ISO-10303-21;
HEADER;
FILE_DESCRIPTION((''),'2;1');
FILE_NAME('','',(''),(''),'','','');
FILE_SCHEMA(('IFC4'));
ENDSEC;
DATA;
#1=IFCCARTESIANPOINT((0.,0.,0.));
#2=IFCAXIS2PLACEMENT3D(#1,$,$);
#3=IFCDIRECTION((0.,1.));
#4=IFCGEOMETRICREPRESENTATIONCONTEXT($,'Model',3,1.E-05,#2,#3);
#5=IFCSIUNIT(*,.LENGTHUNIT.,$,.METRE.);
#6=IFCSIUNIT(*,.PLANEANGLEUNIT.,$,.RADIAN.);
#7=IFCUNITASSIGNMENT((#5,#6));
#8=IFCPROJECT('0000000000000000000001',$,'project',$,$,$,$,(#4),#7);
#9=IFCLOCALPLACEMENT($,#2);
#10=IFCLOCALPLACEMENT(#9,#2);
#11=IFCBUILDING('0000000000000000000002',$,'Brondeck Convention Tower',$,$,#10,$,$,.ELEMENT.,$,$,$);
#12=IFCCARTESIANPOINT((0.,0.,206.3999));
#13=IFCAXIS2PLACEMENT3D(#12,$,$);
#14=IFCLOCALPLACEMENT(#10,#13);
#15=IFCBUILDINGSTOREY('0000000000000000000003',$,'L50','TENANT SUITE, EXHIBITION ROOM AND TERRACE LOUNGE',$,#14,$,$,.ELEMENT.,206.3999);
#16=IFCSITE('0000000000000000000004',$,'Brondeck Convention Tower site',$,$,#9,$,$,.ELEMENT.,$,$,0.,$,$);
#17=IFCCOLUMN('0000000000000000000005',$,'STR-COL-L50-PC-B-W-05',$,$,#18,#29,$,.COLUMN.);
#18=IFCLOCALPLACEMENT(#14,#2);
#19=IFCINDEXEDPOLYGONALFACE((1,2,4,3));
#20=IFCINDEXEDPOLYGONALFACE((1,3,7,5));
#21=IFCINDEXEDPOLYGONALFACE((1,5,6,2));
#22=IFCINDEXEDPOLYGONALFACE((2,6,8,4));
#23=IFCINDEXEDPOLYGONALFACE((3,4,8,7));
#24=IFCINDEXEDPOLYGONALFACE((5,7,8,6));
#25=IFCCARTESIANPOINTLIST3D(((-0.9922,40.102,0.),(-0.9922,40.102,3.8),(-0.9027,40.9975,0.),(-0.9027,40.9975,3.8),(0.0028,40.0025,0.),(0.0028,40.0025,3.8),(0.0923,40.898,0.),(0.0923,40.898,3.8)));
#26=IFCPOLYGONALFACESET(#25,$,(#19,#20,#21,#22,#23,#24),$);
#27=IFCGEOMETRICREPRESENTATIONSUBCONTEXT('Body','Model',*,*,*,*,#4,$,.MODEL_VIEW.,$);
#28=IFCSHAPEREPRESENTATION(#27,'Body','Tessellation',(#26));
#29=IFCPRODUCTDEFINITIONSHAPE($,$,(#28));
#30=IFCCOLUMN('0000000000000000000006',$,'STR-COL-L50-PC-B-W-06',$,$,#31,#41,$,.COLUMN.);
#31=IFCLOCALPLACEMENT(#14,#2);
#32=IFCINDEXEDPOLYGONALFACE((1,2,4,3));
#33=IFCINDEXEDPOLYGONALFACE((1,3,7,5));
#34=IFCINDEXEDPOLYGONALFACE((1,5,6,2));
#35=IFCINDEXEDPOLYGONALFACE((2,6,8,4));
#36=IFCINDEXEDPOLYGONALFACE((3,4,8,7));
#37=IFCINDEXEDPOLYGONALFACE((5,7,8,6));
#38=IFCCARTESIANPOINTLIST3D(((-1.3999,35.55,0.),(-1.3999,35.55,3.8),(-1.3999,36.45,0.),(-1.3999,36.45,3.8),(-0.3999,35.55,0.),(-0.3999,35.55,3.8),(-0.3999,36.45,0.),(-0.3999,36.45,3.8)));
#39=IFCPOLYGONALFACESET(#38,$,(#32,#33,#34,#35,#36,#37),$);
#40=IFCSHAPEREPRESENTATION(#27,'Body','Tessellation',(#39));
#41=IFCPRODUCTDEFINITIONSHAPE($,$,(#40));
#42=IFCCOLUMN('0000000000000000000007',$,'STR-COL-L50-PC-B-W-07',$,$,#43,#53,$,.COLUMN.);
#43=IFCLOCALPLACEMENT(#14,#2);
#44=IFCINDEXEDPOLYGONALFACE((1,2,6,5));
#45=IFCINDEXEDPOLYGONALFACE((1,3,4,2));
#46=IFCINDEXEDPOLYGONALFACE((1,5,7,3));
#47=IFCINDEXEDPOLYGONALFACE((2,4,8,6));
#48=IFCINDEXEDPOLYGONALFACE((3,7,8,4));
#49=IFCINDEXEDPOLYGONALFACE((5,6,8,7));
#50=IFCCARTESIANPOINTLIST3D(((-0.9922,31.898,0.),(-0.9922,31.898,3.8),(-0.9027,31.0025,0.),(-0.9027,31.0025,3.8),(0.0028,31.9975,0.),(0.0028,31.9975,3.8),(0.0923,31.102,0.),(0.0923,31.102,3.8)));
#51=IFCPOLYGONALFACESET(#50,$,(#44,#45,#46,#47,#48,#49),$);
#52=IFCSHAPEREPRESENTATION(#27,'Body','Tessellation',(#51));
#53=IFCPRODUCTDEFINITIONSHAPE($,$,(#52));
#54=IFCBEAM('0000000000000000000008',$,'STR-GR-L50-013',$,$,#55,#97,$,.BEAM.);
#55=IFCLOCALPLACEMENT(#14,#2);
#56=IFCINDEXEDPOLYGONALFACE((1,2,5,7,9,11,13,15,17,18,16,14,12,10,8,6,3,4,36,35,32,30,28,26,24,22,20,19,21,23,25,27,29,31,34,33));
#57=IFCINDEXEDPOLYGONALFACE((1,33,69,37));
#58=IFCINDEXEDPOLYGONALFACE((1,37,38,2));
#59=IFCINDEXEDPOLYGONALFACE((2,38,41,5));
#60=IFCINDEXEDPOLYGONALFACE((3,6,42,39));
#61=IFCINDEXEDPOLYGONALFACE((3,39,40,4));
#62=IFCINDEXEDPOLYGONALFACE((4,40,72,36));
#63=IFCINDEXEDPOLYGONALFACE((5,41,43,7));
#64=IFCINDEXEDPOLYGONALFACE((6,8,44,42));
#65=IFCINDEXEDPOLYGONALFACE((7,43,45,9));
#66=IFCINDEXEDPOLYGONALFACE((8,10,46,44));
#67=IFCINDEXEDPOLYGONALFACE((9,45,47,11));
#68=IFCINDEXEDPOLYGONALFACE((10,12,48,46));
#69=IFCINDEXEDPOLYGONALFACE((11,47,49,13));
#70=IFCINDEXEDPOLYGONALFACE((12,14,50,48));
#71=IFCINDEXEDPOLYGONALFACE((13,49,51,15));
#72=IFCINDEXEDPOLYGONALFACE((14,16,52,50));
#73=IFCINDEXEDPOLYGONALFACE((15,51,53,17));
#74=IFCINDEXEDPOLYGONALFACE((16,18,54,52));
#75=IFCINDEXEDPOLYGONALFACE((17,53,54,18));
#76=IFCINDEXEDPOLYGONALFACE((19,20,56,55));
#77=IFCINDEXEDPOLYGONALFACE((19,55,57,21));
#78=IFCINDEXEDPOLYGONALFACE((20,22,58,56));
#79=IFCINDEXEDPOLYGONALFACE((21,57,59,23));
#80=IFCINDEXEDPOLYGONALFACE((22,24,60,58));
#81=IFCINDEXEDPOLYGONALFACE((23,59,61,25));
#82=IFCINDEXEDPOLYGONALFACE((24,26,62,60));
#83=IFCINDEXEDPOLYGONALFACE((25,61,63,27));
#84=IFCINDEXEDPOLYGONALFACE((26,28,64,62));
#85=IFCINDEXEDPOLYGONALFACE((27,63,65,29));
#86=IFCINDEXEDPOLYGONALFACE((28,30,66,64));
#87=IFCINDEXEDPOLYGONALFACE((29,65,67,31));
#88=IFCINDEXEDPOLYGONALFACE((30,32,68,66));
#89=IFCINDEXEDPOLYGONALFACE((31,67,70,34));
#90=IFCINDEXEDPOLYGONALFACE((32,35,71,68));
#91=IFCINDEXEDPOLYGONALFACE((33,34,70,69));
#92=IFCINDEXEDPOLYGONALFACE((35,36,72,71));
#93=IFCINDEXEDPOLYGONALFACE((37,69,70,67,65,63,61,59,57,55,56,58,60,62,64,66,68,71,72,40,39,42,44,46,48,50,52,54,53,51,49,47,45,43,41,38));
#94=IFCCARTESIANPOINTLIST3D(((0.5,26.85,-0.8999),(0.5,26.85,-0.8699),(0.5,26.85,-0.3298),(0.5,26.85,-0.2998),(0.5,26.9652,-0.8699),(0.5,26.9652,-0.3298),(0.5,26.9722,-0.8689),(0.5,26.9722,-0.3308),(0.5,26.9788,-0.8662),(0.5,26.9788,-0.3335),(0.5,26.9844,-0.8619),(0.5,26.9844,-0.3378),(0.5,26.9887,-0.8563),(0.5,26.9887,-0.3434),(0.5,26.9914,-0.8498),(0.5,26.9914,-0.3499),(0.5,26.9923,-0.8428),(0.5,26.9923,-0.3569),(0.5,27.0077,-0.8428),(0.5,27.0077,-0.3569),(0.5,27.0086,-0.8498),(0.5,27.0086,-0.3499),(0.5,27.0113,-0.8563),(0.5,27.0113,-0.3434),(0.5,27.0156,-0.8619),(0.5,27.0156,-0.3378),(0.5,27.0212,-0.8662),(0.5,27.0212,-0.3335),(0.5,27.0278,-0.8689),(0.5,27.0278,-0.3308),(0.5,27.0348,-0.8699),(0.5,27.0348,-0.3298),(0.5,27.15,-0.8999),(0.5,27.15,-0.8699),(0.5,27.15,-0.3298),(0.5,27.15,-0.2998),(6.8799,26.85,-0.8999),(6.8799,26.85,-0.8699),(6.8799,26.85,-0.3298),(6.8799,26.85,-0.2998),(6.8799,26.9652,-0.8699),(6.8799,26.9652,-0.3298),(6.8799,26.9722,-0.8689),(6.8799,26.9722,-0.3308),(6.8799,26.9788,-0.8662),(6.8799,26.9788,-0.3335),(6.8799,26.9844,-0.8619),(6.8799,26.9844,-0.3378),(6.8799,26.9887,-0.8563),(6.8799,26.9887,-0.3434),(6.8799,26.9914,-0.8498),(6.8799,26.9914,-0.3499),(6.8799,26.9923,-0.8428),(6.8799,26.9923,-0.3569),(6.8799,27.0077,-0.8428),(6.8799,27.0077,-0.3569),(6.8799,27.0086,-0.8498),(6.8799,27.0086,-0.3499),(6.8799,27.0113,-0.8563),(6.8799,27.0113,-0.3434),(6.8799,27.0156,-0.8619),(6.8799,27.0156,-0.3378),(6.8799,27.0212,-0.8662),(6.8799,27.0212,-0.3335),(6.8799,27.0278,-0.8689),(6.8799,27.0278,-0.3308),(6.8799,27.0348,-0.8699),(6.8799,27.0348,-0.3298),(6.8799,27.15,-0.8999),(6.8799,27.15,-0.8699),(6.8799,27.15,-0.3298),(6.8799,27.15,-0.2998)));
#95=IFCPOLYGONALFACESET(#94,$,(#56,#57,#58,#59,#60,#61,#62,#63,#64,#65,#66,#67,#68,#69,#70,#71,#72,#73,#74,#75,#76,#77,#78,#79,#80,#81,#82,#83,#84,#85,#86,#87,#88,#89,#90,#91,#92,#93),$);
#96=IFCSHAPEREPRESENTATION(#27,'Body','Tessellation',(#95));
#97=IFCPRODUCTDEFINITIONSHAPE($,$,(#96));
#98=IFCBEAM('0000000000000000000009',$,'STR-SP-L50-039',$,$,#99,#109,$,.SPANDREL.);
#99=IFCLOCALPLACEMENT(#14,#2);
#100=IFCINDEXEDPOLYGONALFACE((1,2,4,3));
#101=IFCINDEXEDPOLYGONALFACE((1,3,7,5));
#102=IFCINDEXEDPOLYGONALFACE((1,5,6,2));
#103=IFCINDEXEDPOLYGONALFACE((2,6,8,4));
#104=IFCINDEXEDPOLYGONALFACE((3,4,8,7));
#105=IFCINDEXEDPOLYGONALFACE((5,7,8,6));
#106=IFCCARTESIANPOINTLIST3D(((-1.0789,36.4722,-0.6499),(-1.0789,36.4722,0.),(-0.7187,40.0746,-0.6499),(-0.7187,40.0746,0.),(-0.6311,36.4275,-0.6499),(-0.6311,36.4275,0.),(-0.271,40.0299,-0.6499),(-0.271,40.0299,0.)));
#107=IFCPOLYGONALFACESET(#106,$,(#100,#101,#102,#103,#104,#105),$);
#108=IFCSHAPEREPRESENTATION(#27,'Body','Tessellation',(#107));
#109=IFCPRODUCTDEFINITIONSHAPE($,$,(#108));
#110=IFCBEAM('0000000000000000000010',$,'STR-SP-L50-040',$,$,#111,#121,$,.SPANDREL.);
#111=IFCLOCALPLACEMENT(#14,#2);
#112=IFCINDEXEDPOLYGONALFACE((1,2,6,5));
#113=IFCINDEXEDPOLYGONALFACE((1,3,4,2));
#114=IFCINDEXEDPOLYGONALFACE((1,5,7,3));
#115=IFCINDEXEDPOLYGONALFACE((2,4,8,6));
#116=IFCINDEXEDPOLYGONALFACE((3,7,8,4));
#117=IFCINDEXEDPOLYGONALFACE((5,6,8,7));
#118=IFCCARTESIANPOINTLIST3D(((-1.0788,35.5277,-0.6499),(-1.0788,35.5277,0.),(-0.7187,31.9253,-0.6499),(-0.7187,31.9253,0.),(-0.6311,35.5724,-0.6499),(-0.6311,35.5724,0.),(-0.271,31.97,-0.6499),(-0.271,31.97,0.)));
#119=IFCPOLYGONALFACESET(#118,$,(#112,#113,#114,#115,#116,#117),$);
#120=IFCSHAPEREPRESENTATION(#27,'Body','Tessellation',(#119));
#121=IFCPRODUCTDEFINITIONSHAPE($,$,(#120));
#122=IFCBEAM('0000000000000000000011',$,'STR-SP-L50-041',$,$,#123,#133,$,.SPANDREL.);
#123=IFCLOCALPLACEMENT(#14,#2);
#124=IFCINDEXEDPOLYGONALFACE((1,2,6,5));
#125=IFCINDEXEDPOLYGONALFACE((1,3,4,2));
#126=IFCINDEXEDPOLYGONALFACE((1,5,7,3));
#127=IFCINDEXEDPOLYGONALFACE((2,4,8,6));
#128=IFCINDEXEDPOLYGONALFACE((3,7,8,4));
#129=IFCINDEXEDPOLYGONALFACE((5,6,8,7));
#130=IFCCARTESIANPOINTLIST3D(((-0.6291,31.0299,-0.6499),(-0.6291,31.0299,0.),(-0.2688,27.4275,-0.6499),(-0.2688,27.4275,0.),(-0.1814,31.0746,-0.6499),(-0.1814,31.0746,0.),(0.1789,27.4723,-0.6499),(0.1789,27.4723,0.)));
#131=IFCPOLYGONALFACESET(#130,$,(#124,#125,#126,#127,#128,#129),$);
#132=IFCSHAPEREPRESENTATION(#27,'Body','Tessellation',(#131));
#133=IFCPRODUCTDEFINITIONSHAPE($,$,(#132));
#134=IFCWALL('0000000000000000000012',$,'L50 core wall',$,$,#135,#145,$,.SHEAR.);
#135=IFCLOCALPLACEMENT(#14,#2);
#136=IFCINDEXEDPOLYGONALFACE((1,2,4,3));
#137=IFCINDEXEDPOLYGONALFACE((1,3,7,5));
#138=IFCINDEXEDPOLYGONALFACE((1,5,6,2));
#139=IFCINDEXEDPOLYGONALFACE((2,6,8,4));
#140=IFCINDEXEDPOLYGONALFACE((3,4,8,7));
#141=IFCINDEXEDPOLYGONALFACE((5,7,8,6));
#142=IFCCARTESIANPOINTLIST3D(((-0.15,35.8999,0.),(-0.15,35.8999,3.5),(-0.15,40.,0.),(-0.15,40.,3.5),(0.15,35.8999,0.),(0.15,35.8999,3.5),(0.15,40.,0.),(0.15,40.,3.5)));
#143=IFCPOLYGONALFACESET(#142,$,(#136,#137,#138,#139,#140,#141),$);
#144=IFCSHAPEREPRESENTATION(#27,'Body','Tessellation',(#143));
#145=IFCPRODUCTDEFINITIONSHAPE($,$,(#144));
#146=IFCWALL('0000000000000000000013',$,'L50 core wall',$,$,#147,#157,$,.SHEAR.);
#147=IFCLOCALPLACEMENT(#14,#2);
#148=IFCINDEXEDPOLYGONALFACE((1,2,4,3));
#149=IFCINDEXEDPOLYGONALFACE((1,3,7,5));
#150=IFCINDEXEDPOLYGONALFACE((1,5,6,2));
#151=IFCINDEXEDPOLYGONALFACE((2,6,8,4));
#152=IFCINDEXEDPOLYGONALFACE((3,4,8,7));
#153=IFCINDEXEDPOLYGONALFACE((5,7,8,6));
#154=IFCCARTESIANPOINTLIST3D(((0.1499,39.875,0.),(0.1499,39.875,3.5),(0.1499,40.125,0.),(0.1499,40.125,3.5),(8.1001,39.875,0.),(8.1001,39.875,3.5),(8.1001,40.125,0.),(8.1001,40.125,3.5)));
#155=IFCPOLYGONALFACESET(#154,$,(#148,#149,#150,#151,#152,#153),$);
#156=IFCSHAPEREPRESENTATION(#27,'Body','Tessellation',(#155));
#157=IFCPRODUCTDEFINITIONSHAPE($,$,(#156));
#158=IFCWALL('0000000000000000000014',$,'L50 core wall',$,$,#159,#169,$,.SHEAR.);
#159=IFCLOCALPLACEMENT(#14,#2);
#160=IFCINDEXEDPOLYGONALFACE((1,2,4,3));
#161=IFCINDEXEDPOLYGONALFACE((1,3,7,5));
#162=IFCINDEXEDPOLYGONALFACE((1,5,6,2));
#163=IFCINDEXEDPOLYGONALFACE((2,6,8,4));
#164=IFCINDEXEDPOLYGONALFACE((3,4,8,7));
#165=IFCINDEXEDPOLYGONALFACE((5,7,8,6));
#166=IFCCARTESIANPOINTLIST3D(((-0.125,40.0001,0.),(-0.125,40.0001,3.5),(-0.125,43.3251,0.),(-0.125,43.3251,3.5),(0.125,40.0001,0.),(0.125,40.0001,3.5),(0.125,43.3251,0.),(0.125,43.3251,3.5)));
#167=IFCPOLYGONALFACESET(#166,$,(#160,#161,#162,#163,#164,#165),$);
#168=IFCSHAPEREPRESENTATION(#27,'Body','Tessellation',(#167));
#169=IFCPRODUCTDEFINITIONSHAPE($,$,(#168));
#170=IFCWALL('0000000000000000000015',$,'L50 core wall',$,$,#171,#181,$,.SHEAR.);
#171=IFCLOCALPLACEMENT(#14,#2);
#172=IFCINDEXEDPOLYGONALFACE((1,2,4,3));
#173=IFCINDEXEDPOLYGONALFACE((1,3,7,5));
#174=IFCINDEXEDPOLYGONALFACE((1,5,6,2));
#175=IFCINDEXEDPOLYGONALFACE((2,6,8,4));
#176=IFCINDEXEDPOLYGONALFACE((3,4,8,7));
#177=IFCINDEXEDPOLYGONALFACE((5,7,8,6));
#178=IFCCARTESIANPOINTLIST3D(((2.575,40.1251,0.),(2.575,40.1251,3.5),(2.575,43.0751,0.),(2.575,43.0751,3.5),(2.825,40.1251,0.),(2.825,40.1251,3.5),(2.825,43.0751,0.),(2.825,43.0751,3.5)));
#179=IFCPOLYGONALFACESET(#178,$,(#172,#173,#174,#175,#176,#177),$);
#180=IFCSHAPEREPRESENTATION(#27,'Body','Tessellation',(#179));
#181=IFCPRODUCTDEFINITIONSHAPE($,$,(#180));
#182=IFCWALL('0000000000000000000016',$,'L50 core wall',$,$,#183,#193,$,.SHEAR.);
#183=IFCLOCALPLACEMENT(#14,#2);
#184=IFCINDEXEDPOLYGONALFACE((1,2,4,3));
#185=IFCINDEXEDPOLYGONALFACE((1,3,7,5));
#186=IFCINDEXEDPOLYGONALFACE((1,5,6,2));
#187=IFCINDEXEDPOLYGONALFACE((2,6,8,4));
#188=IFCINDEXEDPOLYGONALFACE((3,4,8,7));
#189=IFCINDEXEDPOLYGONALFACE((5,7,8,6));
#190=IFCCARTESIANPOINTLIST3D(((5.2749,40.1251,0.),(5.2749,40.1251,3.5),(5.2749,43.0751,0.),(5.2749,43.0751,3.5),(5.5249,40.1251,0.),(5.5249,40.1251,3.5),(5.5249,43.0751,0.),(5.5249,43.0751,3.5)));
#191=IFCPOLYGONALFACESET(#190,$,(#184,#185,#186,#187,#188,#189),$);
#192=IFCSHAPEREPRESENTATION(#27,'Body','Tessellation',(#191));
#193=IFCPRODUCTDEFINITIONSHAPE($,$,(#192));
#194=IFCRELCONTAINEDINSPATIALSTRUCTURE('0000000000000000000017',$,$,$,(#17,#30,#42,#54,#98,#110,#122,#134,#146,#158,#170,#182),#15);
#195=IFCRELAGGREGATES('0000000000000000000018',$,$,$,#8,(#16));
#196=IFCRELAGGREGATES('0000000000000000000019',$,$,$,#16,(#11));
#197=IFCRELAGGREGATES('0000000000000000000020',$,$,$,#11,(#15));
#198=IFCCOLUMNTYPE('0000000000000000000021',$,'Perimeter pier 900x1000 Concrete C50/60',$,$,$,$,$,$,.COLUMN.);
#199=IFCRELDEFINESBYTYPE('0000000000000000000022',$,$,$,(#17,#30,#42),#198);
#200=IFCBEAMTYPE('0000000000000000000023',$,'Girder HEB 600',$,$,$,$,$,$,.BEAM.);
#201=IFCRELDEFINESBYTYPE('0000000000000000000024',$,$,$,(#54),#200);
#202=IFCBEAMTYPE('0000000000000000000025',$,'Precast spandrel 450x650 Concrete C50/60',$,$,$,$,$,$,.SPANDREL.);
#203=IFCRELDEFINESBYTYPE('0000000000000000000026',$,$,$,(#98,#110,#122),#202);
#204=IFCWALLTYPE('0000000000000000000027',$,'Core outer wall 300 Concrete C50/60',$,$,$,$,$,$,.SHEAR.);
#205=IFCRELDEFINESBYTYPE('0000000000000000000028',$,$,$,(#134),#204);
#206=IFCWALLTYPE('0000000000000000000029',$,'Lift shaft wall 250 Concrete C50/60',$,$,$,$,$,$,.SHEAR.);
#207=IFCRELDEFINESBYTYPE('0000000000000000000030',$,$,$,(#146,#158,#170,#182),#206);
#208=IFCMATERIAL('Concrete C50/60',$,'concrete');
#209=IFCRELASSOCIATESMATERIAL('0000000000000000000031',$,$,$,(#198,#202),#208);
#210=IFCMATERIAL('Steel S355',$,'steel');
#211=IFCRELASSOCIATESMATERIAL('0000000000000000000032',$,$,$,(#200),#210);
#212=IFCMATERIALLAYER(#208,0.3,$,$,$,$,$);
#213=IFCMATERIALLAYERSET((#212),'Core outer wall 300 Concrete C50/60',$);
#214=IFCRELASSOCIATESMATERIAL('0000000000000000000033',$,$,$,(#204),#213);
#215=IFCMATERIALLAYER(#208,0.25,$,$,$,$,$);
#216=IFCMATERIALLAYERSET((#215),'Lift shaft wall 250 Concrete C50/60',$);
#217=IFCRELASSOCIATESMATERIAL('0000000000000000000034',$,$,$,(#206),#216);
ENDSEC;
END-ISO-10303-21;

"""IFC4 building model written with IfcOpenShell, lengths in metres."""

from ifc_helpers import new_model, si_unit, direction, frame, frame_2d, origin, origin_2d, place, context, subcontext, project, spatial, rectangle, i_section, extrude, material, layer, layer_set, material_profile, profile_set, type_object, element, save


model = new_model("IFC4")

# Units and contexts
model_context = context("Model", 3, precision=1e-05, world=origin(), true_north=direction((0.0, 1.0)))
body_context = subcontext(model_context, "Body", "Model", "MODEL_VIEW")
ifc_project = project(units=[si_unit("LENGTHUNIT", "METRE"), si_unit("PLANEANGLEUNIT", "RADIAN")], contexts=[model_context])

# Site, building, storey
site_placement = place(None, origin())
site = spatial("IfcSite", under=ifc_project, at=site_placement, Name="Brondeck Convention Tower site", CompositionType="ELEMENT", RefElevation=0.0)
building_placement = place(site_placement, origin())
building = spatial("IfcBuilding", under=site, at=building_placement, Name="Brondeck Convention Tower", CompositionType="ELEMENT")
storey_placement = place(building_placement, frame((0.0, 0.0, 206.3999)))
storey = spatial("IfcBuildingStorey", under=building, at=storey_placement, Name="L50", Description="TENANT SUITE, EXHIBITION ROOM AND TERRACE LOUNGE", CompositionType="ELEMENT", Elevation=206.3999)

# Columns
ifc_material_1 = material(Name="Concrete C50/60", Category="concrete")
ifc_material_profile_1 = material_profile(ifc_material_1, rectangle(XDim=0.8999, YDim=1.0, at=origin_2d()), Name="Perimeter pier 900x1000 Concrete C50/60")
ifc_profile_set_1 = profile_set([ifc_material_profile_1], Name="Concrete C50/60")
column_type = type_object("IfcColumnType", Name="Perimeter pier 900x1000 Concrete C50/60", PredefinedType="COLUMN", material=ifc_profile_set_1)
for number, where, z_axis, x_axis, name in (
    (1, (-0.45, 40.5, 0.0), (0.0, 0.0, 1.0), (-0.099504, -0.995037, 0.0), "STR-COL-L50-PC-B-W-05"),
    (2, (-0.8999, 36.0, 0.0), (0.0, 0.0, 1.0), (0.0, -1.0, 0.0), "STR-COL-L50-PC-B-W-06"),
    (3, (-0.45, 31.5, 0.0), (0.0, 0.0, 1.0), (0.099504, -0.995037, 0.0), "STR-COL-L50-PC-B-W-07"),
):
    element("IfcColumn", number, at=place(storey_placement, frame(where, z_axis=z_axis, x_axis=x_axis)), inside=storey, type_object=column_type, Name=name, PredefinedType="COLUMN", context=body_context, shape_type="SweptSolid", body=[
        extrude(rectangle(XDim=0.8999, YDim=1.0, at=origin_2d()), origin(), (0.0, 0.0, 1.0), 3.8),
    ])

# Beams
ifc_material_2 = material(Name="Steel S355", Category="steel")
ifc_material_profile_2 = material_profile(ifc_material_2, i_section(OverallWidth=0.3, OverallDepth=0.6001, WebThickness=0.0154, FlangeThickness=0.03, FilletRadius=0.0271, at=origin_2d()), Name="HEB 600")
ifc_profile_set_2 = profile_set([ifc_material_profile_2], Name="Steel S355")
beam_type_1 = type_object("IfcBeamType", Name="Girder HEB 600", PredefinedType="BEAM", material=ifc_profile_set_2)
beam_placement = place(storey_placement, frame((0.5, 27.0, -0.5999), z_axis=(1.0, 0.0, 0.0), x_axis=(0.0, 1.0, 0.0)))
element("IfcBeam", 4, at=beam_placement, inside=storey, type_object=beam_type_1, Name="STR-GR-L50-013", PredefinedType="BEAM", context=body_context, shape_type="SweptSolid", body=[
    extrude(i_section(OverallWidth=0.3, OverallDepth=0.6001, WebThickness=0.0154, FlangeThickness=0.03, FilletRadius=0.0271, at=origin_2d()), origin(), (0.0, 0.0, 1.0), 6.3799),
])
ifc_material_profile_3 = material_profile(ifc_material_1, rectangle(XDim=0.45, YDim=0.6499, at=origin_2d()), Name="Precast spandrel 450x650 Concrete C50/60")
ifc_profile_set_3 = profile_set([ifc_material_profile_3], Name="Concrete C50/60")
beam_type_2 = type_object("IfcBeamType", Name="Precast spandrel 450x650 Concrete C50/60", PredefinedType="SPANDREL", material=ifc_profile_set_3)
for number, where, z_axis, x_axis, name in (
    (5, (-0.4949, 40.0522, -0.325), (-0.09947, -0.995041, 0.0), (0.995041, -0.09947, 0.0), "STR-SP-L50-039"),
    (6, (-0.855, 35.55, -0.325), (0.09947, -0.995041, 0.0), (0.995041, 0.09947, 0.0), "STR-SP-L50-040"),
    (7, (-0.4053, 31.0522, -0.325), (0.099537, -0.995034, 0.0), (0.995034, 0.099537, 0.0), "STR-SP-L50-041"),
):
    element("IfcBeam", number, at=place(storey_placement, frame(where, z_axis=z_axis, x_axis=x_axis)), inside=storey, type_object=beam_type_2, Name=name, PredefinedType="SPANDREL", context=body_context, shape_type="SweptSolid", body=[
        extrude(rectangle(XDim=0.45, YDim=0.6499, at=origin_2d()), origin(), (0.0, 0.0, 1.0), 3.6204),
    ])

# Walls
ifc_layer_1 = layer(ifc_material_1, 0.3)
ifc_layer_set_1 = layer_set([ifc_layer_1], Name="Core outer wall 300 Concrete C50/60")
wall_type_1 = type_object("IfcWallType", Name="Core outer wall 300 Concrete C50/60", PredefinedType="SHEAR", material=ifc_layer_set_1)
wall_1_placement = place(storey_placement, frame((0.0, 35.8999, 0.0), z_axis=(0.0, 0.0, 1.0), x_axis=(0.0, 1.0, 0.0)))
element("IfcWall", 8, at=wall_1_placement, inside=storey, type_object=wall_type_1, Name="L50 core wall", PredefinedType="SHEAR", context=body_context, shape_type="SweptSolid", body=[
    extrude(rectangle(XDim=4.1001, YDim=0.3, at=frame_2d((2.05, 0.0))), origin(), (0.0, 0.0, 1.0), 3.5),
])
ifc_layer_2 = layer(ifc_material_1, 0.25)
ifc_layer_set_2 = layer_set([ifc_layer_2], Name="Lift shaft wall 250 Concrete C50/60")
wall_type_2 = type_object("IfcWallType", Name="Lift shaft wall 250 Concrete C50/60", PredefinedType="SHEAR", material=ifc_layer_set_2)
wall_2_placement = place(storey_placement, frame((0.1499, 40.0, 0.0), z_axis=(0.0, 0.0, 1.0), x_axis=(1.0, 0.0, 0.0)))
element("IfcWall", 9, at=wall_2_placement, inside=storey, type_object=wall_type_2, Name="L50 core wall", PredefinedType="SHEAR", context=body_context, shape_type="SweptSolid", body=[
    extrude(rectangle(XDim=7.9502, YDim=0.25, at=frame_2d((3.9751, 0.0))), origin(), (0.0, 0.0, 1.0), 3.5),
])
wall_3_placement = place(storey_placement, frame((0.0, 40.0, 0.0), z_axis=(0.0, 0.0, 1.0), x_axis=(0.0, 1.0, 0.0)))
element("IfcWall", 10, at=wall_3_placement, inside=storey, type_object=wall_type_2, Name="L50 core wall", PredefinedType="SHEAR", context=body_context, shape_type="SweptSolid", body=[
    extrude(rectangle(XDim=3.325, YDim=0.25, at=frame_2d((1.6626, 0.0))), origin(), (0.0, 0.0, 1.0), 3.5),
])
for number, where, z_axis, x_axis, name in (
    (11, (2.7, 40.125, 0.0), (0.0, 0.0, 1.0), (0.0, 1.0, 0.0), "L50 core wall"),
    (12, (5.3999, 40.125, 0.0), (0.0, 0.0, 1.0), (0.0, 1.0, 0.0), "L50 core wall"),
):
    element("IfcWall", number, at=place(storey_placement, frame(where, z_axis=z_axis, x_axis=x_axis)), inside=storey, type_object=wall_type_2, Name=name, PredefinedType="SHEAR", context=body_context, shape_type="SweptSolid", body=[
        extrude(rectangle(XDim=2.95, YDim=0.25, at=frame_2d((1.4751, 0.0))), origin(), (0.0, 0.0, 1.0), 3.5),
    ])

save(model, "model.ifc")
